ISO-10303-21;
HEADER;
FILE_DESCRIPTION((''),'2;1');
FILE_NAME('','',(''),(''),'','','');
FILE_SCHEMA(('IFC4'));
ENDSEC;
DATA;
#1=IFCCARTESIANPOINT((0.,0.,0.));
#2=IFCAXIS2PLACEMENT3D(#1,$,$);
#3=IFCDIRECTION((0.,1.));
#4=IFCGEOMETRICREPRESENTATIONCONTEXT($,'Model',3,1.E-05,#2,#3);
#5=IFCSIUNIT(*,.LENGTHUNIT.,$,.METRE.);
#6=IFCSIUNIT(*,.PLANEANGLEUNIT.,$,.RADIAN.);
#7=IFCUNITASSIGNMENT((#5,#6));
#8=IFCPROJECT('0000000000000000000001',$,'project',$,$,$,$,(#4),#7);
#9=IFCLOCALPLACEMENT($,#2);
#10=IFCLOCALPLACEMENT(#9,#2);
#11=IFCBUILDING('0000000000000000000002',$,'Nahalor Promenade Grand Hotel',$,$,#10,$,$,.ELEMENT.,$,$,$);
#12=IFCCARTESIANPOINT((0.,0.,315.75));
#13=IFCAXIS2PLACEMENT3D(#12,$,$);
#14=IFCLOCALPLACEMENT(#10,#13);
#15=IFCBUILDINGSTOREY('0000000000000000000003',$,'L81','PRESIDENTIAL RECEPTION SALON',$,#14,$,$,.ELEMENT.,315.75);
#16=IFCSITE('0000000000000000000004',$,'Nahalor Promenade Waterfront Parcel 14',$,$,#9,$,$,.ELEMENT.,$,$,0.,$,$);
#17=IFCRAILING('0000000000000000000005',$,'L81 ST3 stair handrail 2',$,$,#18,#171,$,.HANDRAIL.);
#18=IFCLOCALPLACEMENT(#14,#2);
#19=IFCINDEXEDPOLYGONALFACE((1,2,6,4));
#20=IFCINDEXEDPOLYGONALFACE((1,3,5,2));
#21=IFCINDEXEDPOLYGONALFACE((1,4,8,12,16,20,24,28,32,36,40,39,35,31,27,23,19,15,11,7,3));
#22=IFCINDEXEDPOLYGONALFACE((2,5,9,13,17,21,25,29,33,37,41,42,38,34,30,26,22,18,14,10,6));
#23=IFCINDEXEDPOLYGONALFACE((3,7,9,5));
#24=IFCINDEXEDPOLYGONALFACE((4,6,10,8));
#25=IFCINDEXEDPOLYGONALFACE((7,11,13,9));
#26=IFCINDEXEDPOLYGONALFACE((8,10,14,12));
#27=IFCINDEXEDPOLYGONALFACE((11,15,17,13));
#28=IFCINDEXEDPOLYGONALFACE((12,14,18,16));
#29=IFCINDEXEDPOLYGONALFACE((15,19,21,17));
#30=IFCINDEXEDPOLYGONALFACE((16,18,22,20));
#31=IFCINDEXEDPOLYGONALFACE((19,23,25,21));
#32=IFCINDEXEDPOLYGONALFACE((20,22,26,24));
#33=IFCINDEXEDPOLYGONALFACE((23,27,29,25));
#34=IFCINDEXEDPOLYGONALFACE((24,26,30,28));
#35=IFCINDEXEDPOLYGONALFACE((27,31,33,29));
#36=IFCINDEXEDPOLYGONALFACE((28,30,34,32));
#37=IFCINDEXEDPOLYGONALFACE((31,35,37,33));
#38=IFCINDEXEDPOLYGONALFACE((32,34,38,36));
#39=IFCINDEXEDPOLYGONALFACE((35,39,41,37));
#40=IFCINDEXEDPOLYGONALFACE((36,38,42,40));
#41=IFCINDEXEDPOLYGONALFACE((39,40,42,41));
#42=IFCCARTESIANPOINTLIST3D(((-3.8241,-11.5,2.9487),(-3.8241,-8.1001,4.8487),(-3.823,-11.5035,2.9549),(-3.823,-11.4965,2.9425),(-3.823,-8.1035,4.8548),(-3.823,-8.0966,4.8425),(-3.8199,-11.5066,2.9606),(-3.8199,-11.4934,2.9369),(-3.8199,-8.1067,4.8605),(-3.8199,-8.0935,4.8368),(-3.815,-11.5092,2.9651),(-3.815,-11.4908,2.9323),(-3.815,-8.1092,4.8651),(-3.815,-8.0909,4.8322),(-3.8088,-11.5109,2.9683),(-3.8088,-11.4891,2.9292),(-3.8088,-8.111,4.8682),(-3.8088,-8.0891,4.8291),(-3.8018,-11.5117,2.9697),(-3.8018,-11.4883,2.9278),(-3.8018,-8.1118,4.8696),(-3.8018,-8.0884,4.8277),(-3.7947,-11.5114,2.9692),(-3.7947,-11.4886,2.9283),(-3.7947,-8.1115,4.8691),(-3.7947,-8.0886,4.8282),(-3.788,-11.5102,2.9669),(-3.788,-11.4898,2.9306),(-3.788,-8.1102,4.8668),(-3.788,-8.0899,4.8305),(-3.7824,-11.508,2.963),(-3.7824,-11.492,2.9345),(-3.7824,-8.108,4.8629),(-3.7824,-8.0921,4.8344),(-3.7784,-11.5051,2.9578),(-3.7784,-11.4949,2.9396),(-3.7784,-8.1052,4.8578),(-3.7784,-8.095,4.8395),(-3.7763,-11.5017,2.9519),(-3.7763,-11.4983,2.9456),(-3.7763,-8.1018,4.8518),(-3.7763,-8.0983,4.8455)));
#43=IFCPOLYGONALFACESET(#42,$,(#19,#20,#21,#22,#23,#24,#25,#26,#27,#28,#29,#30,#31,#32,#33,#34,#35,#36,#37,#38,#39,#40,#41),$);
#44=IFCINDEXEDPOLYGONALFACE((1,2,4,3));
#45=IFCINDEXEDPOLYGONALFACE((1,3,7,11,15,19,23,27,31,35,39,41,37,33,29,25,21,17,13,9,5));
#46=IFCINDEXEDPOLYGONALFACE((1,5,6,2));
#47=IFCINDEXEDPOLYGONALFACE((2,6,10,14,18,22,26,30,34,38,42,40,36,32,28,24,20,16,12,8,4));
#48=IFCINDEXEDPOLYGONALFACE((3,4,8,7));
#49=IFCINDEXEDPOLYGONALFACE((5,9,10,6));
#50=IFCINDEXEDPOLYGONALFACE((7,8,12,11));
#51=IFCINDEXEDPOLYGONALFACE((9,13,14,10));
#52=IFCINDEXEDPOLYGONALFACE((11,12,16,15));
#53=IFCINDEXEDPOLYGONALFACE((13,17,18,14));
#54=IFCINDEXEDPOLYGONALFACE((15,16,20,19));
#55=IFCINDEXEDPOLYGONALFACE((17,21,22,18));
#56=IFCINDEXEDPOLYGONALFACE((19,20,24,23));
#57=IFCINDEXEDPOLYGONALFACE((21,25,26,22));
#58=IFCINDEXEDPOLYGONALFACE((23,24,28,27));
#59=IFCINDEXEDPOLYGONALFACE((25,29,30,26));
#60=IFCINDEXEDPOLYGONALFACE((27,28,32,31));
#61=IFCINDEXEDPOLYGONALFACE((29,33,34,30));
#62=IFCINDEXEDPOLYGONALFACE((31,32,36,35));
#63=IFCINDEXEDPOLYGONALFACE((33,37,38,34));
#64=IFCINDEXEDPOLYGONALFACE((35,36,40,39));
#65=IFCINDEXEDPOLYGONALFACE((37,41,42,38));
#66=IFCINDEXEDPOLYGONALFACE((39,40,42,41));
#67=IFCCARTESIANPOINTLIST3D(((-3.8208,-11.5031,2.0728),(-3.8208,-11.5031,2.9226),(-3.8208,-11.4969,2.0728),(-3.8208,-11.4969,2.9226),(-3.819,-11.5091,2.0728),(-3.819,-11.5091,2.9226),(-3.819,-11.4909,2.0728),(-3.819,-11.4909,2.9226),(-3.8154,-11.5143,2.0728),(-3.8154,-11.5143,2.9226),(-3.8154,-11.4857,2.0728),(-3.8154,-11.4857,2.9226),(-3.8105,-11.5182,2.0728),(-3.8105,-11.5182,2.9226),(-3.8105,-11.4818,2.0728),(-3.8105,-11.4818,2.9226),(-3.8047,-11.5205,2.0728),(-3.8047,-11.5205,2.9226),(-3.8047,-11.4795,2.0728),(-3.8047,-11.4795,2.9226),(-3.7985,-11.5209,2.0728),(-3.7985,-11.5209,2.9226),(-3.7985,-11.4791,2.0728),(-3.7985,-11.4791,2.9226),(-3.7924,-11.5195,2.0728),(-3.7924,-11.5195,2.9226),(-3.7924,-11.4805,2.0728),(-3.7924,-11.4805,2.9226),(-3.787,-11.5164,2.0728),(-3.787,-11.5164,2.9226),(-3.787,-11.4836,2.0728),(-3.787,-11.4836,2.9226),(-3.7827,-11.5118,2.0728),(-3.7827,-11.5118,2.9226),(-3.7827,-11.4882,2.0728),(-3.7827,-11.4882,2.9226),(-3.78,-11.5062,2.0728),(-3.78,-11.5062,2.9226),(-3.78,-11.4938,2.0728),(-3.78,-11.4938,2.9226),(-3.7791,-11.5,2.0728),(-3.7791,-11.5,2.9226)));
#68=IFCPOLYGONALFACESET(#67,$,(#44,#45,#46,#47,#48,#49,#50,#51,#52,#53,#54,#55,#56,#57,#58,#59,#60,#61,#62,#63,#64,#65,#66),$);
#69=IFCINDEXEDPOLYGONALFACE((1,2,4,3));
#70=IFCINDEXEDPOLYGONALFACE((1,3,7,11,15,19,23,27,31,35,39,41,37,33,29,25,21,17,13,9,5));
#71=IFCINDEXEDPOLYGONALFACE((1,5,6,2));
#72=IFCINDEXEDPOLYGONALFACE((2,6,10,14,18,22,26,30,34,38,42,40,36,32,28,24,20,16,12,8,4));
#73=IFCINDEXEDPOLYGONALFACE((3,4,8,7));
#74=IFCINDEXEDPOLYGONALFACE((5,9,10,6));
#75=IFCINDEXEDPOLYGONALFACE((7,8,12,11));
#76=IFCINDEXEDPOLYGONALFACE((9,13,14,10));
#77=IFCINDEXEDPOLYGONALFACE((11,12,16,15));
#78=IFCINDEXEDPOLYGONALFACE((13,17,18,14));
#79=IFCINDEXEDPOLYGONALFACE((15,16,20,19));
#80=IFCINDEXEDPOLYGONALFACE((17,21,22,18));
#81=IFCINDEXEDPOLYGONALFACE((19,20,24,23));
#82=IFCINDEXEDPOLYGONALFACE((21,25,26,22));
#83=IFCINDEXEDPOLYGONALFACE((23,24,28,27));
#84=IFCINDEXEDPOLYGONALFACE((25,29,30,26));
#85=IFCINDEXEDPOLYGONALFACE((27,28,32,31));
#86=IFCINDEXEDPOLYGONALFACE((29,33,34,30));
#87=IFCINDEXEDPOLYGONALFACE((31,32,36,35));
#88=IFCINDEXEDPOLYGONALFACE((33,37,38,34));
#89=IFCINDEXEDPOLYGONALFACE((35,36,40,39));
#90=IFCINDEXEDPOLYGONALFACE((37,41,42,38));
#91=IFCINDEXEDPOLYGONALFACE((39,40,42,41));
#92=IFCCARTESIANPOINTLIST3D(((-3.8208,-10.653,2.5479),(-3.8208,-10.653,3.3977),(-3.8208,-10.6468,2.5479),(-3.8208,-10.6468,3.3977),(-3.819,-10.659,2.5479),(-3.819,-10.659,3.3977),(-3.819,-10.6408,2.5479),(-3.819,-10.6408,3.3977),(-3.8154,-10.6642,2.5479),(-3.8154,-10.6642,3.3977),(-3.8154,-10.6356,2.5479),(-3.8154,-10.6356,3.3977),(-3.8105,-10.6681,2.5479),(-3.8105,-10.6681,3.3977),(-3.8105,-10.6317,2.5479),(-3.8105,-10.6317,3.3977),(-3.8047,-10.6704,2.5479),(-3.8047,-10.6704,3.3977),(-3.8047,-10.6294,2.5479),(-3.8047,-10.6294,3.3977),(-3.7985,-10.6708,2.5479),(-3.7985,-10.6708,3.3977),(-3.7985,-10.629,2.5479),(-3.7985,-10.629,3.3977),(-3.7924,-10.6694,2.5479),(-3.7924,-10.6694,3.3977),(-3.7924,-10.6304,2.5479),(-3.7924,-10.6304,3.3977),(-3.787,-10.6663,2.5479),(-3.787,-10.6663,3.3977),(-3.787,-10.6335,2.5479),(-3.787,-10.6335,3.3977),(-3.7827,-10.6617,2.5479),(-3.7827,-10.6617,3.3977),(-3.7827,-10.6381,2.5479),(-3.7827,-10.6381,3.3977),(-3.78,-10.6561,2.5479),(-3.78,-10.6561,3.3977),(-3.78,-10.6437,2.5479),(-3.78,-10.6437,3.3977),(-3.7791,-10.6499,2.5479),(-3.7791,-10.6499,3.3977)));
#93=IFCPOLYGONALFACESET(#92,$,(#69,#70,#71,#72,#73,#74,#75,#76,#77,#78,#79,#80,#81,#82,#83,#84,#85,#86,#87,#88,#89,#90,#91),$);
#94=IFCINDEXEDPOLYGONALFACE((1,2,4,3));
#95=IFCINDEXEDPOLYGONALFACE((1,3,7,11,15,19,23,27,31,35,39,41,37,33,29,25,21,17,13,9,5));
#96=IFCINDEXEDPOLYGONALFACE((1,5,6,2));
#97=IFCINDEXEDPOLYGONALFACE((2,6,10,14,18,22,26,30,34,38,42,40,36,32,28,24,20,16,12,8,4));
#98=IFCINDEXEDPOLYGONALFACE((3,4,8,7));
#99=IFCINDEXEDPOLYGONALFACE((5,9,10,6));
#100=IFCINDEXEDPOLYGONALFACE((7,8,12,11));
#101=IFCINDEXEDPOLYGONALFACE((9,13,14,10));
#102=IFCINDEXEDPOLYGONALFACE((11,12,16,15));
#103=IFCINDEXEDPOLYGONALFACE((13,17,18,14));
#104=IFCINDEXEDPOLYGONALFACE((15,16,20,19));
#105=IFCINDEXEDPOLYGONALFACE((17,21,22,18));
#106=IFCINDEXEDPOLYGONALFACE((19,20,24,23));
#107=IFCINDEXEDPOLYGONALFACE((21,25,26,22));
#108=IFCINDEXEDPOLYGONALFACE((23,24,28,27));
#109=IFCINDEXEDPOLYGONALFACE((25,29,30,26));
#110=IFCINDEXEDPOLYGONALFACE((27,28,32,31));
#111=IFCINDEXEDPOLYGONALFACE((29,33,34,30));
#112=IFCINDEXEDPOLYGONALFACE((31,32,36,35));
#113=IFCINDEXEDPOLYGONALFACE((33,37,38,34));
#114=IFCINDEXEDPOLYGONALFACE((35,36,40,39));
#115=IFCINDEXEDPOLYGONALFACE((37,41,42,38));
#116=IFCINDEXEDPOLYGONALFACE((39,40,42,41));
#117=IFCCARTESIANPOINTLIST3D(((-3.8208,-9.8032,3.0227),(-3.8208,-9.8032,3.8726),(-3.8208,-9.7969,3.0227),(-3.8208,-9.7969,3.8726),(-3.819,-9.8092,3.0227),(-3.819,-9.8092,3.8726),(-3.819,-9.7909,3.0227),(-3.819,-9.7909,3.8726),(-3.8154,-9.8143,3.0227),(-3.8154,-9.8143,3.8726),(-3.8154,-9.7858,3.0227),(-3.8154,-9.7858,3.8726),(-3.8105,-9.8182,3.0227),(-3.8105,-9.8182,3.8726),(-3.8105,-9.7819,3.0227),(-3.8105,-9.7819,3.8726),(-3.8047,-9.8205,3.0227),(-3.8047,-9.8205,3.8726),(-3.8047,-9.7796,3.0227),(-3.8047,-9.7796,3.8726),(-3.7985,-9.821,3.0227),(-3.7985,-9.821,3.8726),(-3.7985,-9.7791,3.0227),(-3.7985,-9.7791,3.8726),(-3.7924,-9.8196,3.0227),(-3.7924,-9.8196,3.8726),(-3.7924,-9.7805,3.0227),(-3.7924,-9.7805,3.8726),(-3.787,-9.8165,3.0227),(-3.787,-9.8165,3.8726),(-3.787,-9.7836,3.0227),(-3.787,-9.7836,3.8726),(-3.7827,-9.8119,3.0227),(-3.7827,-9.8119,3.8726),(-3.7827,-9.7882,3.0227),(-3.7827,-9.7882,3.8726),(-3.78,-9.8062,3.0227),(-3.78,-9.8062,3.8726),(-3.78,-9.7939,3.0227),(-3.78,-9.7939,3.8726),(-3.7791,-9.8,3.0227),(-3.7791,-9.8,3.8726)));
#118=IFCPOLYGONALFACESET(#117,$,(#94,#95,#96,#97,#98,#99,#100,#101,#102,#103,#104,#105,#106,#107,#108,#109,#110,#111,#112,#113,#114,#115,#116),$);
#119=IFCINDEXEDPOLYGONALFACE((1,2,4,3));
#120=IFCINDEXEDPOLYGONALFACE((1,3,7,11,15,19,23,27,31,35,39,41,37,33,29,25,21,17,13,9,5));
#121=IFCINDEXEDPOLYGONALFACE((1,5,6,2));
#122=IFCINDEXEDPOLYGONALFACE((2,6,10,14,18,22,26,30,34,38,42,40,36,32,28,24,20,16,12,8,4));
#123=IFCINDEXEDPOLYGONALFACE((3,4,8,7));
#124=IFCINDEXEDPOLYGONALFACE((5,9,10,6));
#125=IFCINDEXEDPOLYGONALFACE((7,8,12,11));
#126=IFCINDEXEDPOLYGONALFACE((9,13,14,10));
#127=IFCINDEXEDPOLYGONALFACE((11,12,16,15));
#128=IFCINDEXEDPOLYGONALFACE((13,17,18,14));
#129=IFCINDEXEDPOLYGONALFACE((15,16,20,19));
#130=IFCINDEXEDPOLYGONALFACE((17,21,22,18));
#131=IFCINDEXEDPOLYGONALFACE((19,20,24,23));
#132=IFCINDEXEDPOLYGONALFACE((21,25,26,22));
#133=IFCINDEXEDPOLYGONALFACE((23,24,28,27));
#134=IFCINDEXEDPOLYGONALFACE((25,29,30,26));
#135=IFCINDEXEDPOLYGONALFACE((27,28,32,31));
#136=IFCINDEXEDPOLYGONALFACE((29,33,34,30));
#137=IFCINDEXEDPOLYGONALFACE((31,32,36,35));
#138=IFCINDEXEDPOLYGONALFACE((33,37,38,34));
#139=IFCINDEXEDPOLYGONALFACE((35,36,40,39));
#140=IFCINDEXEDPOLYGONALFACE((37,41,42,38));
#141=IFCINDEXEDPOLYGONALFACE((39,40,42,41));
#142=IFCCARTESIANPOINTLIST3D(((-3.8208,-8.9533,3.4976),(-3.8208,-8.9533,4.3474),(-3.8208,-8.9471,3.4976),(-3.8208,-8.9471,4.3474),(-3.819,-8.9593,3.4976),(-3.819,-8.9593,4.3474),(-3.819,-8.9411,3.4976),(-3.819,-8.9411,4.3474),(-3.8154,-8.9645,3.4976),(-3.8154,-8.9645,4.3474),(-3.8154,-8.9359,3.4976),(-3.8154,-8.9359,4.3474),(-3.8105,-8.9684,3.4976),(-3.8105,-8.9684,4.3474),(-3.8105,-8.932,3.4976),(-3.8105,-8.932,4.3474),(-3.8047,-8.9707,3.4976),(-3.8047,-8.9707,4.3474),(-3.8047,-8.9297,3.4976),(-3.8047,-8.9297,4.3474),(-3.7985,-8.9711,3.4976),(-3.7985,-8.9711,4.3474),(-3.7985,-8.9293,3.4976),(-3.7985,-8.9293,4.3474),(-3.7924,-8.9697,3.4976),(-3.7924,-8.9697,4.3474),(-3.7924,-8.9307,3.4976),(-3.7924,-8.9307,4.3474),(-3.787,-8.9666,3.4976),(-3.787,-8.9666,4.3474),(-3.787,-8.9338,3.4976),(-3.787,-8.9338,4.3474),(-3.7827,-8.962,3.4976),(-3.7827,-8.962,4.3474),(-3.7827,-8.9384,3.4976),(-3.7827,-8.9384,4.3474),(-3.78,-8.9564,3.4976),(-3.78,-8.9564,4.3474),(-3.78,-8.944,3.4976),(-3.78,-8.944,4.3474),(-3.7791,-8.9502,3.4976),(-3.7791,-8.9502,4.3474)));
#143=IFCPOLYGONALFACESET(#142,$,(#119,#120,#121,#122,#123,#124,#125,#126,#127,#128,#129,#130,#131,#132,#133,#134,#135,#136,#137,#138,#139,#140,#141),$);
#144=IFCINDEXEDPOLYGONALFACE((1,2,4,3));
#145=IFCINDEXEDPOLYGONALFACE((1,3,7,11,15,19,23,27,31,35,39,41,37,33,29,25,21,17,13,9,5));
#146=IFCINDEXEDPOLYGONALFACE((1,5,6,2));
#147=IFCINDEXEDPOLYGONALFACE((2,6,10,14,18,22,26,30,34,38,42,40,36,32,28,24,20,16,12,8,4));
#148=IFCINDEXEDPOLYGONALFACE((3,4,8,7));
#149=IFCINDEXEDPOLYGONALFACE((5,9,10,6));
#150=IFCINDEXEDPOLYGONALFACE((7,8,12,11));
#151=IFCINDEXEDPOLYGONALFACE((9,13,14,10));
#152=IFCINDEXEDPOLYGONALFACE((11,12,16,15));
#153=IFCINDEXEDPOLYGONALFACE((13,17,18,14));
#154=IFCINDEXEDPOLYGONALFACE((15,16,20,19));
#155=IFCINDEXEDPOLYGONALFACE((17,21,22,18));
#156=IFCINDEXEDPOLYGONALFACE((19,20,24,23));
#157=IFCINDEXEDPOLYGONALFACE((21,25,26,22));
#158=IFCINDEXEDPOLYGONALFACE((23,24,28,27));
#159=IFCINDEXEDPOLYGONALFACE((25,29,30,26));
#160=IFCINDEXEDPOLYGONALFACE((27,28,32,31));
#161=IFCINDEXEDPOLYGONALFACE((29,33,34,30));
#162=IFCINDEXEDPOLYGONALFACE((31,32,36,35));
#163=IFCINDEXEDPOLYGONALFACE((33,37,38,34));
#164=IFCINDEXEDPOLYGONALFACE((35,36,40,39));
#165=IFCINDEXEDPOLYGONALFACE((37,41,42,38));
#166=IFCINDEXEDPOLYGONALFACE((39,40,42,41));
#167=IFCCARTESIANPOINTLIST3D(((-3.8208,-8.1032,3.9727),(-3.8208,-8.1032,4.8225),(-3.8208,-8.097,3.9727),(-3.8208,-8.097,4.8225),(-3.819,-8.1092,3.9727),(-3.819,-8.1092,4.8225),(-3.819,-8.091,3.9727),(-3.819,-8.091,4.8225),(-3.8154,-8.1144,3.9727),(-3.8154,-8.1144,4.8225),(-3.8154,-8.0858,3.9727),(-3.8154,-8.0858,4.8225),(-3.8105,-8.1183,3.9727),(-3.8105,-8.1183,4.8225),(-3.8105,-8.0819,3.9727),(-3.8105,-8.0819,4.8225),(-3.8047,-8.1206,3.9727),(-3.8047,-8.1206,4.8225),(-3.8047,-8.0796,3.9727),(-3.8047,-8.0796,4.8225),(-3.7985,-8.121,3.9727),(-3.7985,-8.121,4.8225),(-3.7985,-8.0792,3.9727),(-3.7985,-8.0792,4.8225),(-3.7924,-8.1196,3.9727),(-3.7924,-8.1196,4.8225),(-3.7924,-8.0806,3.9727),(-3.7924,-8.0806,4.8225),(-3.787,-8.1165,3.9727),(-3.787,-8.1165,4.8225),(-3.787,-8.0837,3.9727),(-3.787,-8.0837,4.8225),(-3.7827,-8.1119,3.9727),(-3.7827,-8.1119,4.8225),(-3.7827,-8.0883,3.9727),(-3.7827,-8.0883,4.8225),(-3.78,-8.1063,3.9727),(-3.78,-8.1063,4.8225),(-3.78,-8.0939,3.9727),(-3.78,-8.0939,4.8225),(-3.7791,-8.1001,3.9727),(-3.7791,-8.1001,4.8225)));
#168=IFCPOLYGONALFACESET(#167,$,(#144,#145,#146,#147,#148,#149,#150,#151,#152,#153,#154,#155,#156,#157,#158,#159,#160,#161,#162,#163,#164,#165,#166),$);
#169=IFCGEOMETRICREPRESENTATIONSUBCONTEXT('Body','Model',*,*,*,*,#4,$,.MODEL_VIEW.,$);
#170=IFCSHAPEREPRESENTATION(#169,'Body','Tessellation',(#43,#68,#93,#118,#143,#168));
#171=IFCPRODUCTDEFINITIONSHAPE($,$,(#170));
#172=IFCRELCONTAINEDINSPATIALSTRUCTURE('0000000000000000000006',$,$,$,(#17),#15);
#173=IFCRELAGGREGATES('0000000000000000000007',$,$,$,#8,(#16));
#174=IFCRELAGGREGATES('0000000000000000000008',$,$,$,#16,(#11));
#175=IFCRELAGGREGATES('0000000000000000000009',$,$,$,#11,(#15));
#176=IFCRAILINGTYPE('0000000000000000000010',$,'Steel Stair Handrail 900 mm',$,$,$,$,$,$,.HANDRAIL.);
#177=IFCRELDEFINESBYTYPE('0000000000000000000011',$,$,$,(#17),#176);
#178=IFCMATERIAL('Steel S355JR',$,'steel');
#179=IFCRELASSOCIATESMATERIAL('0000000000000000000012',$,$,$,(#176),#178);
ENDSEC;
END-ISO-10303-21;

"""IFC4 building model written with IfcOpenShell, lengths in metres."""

from ifc_helpers import new_model, si_unit, direction, frame, origin, origin_2d, place, context, subcontext, project, spatial, circle, extrude, material, type_object, element, save


model = new_model("IFC4")

# Units and contexts
model_context = context("Model", 3, precision=1e-05, world=origin(), true_north=direction((0.0, 1.0)))
body_context = subcontext(model_context, "Body", "Model", "MODEL_VIEW")
ifc_project = project(units=[si_unit("LENGTHUNIT", "METRE"), si_unit("PLANEANGLEUNIT", "RADIAN")], contexts=[model_context])

# Site, building, storey
site_placement = place(None, origin())
site = spatial("IfcSite", under=ifc_project, at=site_placement, Name="Nahalor Promenade Waterfront Parcel 14", CompositionType="ELEMENT", RefElevation=0.0)
building_placement = place(site_placement, origin())
building = spatial("IfcBuilding", under=site, at=building_placement, Name="Nahalor Promenade Grand Hotel", CompositionType="ELEMENT")
storey_placement = place(building_placement, frame((0.0, 0.0, 315.75)))
storey = spatial("IfcBuildingStorey", under=building, at=storey_placement, Name="L81", Description="PRESIDENTIAL RECEPTION SALON", CompositionType="ELEMENT", Elevation=315.75)

# Shared definitions
ifc_material_1 = material(Name="Steel S355JR", Category="steel")

# Railing
railing_type_1 = type_object("IfcRailingType", Name="Steel Stair Handrail 900 mm", PredefinedType="HANDRAIL", material=ifc_material_1)
railing_1_placement = place(storey_placement, frame((-3.8, -11.5, 2.0728)))
element("IfcRailing", 1, at=railing_1_placement, inside=storey, type_object=railing_type_1, Name="L81 ST3 stair handrail 2", PredefinedType="HANDRAIL", context=body_context, shape_type="SweptSolid", body=[
    extrude(circle(Radius=0.024, at=origin_2d()), frame((0.0, 0.0, 0.876), z_axis=(0.0, 0.872948, 0.487813), x_axis=(-1.0, 0.0, 0.0)), (0.0, 0.0, 1.0), 3.8948),
    extrude(circle(Radius=0.021, at=origin_2d()), origin(), (0.0, 0.0, 1.0), 0.8499),
    extrude(circle(Radius=0.021, at=origin_2d()), frame((0.0, 0.8501, 0.4751)), (0.0, 0.0, 1.0), 0.8499),
    extrude(circle(Radius=0.021, at=origin_2d()), frame((0.0, 1.7, 0.95)), (0.0, 0.0, 1.0), 0.8499),
    extrude(circle(Radius=0.021, at=origin_2d()), frame((0.0, 2.5498, 1.4248)), (0.0, 0.0, 1.0), 0.8499),
    extrude(circle(Radius=0.021, at=origin_2d()), frame((0.0, 3.3999, 1.8999)), (0.0, 0.0, 1.0), 0.8499),
])

save(model, "model.ifc")
